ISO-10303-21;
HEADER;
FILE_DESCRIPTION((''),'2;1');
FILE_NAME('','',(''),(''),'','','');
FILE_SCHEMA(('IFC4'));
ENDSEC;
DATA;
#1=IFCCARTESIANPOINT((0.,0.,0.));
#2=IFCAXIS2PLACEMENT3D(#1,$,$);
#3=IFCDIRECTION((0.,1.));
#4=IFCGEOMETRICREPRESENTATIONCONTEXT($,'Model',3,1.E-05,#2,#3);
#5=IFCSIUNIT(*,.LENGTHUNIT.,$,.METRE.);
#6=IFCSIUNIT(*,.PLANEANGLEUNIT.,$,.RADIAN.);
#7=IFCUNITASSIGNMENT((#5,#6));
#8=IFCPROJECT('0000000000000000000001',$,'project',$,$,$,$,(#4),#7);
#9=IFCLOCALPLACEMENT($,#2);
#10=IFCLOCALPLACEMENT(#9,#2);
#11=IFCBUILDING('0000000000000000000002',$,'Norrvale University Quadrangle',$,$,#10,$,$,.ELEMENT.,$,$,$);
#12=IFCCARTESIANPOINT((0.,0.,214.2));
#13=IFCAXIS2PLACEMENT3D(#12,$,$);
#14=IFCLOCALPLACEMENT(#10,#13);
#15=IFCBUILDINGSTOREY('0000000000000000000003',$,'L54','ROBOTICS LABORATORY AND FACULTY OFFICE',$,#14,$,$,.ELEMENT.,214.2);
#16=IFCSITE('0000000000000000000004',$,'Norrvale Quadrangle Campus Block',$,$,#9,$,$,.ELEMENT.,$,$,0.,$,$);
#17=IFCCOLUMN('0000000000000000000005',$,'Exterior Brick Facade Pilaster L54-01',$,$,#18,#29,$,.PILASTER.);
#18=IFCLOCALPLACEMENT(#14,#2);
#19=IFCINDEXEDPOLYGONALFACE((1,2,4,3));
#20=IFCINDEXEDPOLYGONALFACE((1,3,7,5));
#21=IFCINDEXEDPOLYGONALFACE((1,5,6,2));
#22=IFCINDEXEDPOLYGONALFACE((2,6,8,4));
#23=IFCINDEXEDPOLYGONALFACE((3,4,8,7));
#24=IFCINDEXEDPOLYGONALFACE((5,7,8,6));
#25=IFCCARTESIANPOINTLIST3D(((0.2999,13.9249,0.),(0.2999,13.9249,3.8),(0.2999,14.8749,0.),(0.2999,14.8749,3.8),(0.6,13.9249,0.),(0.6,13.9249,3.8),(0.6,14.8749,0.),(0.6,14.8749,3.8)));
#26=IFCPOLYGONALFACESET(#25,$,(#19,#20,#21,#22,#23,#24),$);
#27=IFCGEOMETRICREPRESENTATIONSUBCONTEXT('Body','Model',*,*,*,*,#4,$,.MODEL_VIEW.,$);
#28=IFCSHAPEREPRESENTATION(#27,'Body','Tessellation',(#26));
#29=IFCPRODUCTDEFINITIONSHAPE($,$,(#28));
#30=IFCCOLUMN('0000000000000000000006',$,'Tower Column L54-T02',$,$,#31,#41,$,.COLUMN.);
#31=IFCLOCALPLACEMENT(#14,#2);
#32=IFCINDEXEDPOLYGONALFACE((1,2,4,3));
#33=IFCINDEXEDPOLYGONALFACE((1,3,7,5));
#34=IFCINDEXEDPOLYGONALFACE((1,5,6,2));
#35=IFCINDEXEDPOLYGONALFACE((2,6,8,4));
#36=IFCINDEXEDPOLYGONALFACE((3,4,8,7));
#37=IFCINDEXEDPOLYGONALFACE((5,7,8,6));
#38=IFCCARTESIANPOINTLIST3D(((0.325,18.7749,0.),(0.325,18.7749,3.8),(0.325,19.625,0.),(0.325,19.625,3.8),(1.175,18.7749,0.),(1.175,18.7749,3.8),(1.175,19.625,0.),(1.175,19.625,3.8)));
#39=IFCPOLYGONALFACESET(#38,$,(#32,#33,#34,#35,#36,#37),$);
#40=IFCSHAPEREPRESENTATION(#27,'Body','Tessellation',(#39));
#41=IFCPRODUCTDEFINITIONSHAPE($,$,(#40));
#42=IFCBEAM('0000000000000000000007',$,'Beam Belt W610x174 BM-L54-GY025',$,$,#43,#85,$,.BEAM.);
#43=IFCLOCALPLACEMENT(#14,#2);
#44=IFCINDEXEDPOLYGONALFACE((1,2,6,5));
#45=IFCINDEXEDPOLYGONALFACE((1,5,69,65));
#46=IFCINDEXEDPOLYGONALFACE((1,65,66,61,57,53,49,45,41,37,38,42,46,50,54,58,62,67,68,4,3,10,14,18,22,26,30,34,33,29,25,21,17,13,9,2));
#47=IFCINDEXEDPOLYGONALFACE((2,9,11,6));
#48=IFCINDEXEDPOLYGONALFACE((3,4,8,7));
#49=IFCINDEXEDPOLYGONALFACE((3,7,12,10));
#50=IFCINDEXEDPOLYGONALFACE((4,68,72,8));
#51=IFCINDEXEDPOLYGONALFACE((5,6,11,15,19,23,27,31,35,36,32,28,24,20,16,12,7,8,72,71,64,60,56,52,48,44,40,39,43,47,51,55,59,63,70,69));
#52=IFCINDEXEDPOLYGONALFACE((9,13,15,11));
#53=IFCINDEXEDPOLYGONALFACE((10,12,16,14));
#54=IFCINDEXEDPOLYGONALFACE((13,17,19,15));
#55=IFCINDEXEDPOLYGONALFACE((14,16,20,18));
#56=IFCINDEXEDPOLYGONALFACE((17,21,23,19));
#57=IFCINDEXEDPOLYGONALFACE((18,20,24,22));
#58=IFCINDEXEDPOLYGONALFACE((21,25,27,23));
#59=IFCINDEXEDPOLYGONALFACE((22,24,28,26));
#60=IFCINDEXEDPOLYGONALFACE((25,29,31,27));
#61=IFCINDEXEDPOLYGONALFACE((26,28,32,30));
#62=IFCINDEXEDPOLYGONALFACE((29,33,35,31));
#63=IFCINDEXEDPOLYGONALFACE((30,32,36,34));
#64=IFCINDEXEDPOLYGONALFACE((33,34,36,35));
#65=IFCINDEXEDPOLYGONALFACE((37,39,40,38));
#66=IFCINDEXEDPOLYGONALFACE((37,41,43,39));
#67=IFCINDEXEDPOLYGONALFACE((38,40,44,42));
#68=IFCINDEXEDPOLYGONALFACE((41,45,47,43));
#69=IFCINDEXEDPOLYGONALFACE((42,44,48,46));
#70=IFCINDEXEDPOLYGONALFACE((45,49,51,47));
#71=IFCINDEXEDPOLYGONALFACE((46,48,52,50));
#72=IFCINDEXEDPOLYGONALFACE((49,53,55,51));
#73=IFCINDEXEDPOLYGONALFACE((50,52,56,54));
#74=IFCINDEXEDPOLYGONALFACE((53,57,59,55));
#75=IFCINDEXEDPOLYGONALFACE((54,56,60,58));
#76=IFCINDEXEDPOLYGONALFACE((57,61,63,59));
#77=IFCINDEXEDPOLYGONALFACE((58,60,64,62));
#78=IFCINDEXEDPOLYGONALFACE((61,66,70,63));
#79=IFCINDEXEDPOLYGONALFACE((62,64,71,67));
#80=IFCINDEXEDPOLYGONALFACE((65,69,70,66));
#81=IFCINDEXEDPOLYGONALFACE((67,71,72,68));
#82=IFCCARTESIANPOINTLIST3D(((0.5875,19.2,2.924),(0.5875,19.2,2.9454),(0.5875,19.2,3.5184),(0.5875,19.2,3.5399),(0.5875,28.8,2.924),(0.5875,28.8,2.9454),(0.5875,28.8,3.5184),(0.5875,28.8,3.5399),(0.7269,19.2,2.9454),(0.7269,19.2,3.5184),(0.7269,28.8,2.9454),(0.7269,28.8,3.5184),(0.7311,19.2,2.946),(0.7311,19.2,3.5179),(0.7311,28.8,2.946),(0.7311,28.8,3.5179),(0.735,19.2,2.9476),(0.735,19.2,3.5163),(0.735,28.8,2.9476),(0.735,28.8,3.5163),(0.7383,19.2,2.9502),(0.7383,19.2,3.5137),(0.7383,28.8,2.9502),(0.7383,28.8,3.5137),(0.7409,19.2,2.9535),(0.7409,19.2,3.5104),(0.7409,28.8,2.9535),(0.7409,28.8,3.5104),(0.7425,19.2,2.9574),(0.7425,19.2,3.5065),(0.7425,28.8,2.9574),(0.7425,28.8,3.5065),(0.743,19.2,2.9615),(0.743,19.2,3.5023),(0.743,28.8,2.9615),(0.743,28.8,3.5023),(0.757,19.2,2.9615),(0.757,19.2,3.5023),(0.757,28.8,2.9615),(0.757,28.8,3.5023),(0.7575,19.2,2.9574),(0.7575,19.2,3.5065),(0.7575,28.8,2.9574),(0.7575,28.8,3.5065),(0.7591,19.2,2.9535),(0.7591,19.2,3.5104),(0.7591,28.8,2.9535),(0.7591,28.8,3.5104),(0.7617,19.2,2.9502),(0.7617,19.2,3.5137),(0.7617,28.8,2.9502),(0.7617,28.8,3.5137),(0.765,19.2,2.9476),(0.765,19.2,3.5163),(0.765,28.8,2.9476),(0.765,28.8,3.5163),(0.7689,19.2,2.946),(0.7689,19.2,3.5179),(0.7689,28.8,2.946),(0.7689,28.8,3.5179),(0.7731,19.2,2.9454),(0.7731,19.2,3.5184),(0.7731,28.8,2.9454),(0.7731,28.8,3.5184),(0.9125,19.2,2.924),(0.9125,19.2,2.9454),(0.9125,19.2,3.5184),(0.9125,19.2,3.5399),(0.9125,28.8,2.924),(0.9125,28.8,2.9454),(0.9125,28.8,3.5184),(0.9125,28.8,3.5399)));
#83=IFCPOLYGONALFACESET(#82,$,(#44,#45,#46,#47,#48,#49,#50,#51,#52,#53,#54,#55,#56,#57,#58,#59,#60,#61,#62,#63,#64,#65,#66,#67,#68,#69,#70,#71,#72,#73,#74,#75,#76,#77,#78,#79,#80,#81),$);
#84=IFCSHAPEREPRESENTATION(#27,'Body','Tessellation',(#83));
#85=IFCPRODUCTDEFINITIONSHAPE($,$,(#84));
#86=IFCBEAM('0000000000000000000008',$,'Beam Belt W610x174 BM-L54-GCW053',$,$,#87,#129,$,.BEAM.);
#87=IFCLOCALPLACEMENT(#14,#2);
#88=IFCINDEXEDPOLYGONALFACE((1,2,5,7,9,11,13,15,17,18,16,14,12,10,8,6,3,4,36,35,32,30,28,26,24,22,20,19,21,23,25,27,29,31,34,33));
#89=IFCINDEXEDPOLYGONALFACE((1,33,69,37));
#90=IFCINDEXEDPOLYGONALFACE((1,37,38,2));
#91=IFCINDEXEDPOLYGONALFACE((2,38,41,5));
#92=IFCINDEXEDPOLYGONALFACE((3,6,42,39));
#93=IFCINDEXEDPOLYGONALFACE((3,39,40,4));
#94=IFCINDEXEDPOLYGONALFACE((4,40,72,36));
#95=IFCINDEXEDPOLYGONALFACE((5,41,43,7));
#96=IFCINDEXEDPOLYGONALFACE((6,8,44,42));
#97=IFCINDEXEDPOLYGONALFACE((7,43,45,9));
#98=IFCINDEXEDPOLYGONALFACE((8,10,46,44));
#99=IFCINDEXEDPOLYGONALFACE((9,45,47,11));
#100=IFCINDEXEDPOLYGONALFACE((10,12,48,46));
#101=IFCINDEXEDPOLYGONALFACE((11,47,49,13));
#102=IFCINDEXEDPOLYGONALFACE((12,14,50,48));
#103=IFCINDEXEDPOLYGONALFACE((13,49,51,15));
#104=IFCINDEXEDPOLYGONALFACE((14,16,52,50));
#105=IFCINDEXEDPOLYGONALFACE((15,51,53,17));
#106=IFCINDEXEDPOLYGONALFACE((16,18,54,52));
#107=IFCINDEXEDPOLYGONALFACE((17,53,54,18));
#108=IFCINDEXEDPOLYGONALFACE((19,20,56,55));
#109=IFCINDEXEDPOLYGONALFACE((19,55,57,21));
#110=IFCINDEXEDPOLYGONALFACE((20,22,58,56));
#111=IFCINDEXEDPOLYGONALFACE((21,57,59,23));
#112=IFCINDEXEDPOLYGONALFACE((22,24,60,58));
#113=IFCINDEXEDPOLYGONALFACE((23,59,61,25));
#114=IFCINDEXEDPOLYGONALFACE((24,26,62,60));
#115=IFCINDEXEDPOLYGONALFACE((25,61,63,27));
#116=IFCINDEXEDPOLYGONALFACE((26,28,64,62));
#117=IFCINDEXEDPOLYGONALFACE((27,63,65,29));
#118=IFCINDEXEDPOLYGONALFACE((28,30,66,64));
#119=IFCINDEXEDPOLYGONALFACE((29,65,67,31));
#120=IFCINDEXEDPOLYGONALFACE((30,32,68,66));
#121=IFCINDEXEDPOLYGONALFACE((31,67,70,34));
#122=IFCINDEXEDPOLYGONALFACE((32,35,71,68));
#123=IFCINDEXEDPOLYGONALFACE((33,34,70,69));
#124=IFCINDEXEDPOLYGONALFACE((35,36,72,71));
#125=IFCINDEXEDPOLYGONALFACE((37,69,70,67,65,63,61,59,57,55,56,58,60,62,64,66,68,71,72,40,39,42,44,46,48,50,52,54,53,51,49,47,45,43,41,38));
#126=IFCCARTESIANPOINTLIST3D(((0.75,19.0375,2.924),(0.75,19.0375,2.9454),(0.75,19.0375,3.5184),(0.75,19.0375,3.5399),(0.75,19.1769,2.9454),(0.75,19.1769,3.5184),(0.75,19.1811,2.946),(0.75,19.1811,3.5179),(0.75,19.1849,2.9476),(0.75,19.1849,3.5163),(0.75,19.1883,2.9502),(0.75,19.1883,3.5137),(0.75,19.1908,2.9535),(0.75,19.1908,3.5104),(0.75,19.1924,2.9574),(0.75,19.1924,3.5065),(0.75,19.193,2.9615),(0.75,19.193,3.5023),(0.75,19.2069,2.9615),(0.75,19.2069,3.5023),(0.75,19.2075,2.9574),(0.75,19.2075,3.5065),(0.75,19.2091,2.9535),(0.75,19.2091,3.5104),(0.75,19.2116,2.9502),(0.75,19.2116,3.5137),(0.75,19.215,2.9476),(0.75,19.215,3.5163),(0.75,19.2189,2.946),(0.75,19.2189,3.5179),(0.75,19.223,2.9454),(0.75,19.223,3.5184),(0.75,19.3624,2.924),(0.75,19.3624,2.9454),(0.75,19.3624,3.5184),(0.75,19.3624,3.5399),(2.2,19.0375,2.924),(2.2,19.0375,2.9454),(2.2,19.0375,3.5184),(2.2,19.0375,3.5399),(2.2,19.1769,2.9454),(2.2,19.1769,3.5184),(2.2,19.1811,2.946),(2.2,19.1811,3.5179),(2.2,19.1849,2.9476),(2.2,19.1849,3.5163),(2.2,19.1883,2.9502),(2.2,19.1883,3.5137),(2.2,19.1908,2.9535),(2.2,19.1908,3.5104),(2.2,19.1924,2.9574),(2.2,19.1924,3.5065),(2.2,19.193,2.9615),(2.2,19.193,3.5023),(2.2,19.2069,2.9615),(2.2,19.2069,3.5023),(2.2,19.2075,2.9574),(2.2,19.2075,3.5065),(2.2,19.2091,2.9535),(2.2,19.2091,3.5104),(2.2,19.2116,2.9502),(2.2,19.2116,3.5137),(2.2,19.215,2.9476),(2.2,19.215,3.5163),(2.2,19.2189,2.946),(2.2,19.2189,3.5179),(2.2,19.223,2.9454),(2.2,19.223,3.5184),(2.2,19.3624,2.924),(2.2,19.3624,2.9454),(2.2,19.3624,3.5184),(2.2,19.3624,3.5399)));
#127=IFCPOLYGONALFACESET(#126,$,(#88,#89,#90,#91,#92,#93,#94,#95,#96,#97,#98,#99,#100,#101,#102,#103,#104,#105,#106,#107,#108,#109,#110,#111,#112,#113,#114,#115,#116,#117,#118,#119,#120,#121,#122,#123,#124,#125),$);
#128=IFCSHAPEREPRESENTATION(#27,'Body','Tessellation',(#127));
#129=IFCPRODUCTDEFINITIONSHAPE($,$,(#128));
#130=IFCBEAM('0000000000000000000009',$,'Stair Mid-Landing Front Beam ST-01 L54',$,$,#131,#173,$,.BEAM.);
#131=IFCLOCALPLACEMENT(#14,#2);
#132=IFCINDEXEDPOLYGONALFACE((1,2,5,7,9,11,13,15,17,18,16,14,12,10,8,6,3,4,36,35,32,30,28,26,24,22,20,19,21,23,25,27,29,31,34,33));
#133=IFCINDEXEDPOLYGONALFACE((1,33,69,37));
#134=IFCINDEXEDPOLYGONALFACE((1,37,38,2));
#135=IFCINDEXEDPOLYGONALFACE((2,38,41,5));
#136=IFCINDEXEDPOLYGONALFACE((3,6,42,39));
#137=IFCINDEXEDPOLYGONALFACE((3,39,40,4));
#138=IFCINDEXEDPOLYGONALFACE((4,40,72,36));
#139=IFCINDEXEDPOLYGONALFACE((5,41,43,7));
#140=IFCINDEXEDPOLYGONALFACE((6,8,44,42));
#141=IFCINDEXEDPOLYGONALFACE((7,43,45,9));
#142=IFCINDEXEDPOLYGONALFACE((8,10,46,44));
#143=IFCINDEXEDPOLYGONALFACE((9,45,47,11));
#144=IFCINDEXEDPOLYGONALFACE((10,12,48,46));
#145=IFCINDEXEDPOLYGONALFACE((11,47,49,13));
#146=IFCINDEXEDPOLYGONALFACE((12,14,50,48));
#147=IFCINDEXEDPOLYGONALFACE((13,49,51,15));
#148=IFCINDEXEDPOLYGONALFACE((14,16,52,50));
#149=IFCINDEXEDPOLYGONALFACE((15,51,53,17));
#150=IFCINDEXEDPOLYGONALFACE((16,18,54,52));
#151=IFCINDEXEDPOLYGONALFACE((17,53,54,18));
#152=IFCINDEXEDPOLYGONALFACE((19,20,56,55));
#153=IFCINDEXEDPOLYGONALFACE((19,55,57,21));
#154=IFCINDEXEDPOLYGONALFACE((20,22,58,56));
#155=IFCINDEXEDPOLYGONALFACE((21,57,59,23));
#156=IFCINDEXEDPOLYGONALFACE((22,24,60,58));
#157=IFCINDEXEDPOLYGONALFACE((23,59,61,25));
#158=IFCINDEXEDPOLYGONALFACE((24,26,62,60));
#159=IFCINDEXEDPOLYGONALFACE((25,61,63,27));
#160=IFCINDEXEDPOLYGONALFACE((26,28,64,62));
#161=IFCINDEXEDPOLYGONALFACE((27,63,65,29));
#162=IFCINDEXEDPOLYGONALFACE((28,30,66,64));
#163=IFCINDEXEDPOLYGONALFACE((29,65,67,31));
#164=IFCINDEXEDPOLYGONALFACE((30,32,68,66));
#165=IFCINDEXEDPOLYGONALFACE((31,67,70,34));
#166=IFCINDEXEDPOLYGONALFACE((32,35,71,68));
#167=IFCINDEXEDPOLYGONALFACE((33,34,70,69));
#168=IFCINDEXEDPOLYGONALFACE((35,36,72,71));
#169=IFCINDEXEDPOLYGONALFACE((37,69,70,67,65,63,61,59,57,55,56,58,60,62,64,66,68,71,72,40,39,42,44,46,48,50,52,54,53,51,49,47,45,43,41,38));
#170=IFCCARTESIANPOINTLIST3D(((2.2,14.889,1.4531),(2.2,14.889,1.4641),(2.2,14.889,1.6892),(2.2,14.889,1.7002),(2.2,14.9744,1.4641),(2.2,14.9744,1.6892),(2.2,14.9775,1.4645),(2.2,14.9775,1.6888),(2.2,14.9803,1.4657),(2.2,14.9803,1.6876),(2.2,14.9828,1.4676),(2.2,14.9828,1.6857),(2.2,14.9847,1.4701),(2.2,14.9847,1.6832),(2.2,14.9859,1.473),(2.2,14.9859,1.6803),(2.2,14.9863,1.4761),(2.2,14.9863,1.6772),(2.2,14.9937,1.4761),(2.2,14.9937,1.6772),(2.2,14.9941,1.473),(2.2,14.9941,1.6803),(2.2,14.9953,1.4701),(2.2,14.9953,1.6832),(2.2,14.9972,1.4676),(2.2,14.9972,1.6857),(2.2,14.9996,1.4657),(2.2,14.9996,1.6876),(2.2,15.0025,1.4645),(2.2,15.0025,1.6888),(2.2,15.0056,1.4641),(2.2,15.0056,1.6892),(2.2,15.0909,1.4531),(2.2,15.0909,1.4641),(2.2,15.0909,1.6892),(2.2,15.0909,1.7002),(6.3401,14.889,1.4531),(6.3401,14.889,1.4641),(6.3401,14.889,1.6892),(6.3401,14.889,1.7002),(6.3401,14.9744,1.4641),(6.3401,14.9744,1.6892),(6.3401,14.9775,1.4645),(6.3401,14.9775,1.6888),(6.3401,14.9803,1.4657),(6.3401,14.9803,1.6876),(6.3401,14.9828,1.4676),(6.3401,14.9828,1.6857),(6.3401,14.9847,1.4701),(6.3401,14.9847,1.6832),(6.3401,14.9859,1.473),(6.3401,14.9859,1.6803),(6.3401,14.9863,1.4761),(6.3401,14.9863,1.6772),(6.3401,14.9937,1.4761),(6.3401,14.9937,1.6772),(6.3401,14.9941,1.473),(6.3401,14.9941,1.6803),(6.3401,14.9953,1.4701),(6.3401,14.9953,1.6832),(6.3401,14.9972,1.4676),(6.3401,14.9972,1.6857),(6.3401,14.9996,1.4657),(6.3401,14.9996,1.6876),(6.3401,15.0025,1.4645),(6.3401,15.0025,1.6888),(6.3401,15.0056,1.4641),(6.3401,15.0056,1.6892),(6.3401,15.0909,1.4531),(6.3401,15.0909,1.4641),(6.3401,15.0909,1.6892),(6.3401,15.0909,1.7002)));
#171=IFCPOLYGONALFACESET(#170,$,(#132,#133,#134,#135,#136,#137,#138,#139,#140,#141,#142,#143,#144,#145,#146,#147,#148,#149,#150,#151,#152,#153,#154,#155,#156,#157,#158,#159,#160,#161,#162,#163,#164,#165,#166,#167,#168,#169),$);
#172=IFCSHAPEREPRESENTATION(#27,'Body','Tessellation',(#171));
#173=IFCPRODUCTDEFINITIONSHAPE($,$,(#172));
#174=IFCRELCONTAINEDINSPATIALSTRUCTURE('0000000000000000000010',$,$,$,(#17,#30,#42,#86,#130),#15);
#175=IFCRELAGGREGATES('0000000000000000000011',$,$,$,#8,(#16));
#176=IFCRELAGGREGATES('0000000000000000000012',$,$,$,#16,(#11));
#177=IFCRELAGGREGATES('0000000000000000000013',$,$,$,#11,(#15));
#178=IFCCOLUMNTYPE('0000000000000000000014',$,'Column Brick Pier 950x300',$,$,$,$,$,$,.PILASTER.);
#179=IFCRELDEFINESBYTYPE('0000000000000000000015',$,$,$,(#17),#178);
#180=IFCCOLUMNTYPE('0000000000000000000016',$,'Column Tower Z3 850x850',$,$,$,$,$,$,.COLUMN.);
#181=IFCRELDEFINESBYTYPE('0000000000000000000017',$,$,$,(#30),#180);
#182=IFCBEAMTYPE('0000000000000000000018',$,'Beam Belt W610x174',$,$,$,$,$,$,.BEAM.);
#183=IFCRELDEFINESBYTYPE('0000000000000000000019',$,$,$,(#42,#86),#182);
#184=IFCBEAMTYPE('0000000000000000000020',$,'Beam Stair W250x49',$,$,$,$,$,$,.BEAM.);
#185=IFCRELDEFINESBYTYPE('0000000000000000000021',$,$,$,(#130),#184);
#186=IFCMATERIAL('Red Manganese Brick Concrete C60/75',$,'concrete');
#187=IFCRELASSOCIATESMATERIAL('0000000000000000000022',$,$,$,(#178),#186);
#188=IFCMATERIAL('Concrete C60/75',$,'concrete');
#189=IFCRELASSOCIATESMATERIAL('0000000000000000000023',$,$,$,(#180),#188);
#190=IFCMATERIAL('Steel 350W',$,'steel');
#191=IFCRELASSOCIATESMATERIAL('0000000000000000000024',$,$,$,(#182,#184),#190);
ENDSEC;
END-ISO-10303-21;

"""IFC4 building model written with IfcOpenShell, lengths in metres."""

from ifc_helpers import new_model, si_unit, direction, frame, origin, origin_2d, place, context, subcontext, project, spatial, rectangle, i_section, extrude, material, material_profile, profile_set, type_object, element, save


model = new_model("IFC4")

# Units and contexts
model_context = context("Model", 3, precision=1e-05, world=origin(), true_north=direction((0.0, 1.0)))
body_context = subcontext(model_context, "Body", "Model", "MODEL_VIEW")
ifc_project = project(units=[si_unit("LENGTHUNIT", "METRE"), si_unit("PLANEANGLEUNIT", "RADIAN")], contexts=[model_context])

# Site, building, storey
site_placement = place(None, origin())
site = spatial("IfcSite", under=ifc_project, at=site_placement, Name="Norrvale Quadrangle Campus Block", CompositionType="ELEMENT", RefElevation=0.0)
building_placement = place(site_placement, origin())
building = spatial("IfcBuilding", under=site, at=building_placement, Name="Norrvale University Quadrangle", CompositionType="ELEMENT")
storey_placement = place(building_placement, frame((0.0, 0.0, 214.2)))
storey = spatial("IfcBuildingStorey", under=building, at=storey_placement, Name="L54", Description="ROBOTICS LABORATORY AND FACULTY OFFICE", CompositionType="ELEMENT", Elevation=214.2)

# Columns
ifc_material_1 = material(Name="Red Manganese Brick Concrete C60/75", Category="concrete")
ifc_material_profile_1 = material_profile(ifc_material_1, rectangle(XDim=0.95, YDim=0.3, at=origin_2d()), Name="Red Manganese Brick Concrete C60/75")
ifc_profile_set_1 = profile_set([ifc_material_profile_1], Name="Red Manganese Brick Concrete C60/75")
column_type_1 = type_object("IfcColumnType", Name="Column Brick Pier 950x300", PredefinedType="PILASTER", material=ifc_profile_set_1)
column_1_placement = place(storey_placement, frame((0.45, 14.3999, 0.0), z_axis=(0.0, 0.0, 1.0), x_axis=(0.0, 1.0, 0.0)))
element("IfcColumn", 1, at=column_1_placement, inside=storey, type_object=column_type_1, Name="Exterior Brick Facade Pilaster L54-01", PredefinedType="PILASTER", context=body_context, shape_type="SweptSolid", body=[
    extrude(rectangle(XDim=0.95, YDim=0.3, at=origin_2d()), origin(), (0.0, 0.0, 1.0), 3.8),
])
ifc_material_2 = material(Name="Concrete C60/75", Category="concrete")
ifc_material_profile_2 = material_profile(ifc_material_2, rectangle(XDim=0.8501, YDim=0.8501, at=origin_2d()), Name="Concrete C60/75")
ifc_profile_set_2 = profile_set([ifc_material_profile_2], Name="Concrete C60/75")
column_type_2 = type_object("IfcColumnType", Name="Column Tower Z3 850x850", PredefinedType="COLUMN", material=ifc_profile_set_2)
column_2_placement = place(storey_placement, frame((0.75, 19.2, 0.0), z_axis=(0.0, 0.0, 1.0), x_axis=(1.0, 0.0, 0.0)))
element("IfcColumn", 2, at=column_2_placement, inside=storey, type_object=column_type_2, Name="Tower Column L54-T02", PredefinedType="COLUMN", context=body_context, shape_type="SweptSolid", body=[
    extrude(rectangle(XDim=0.8501, YDim=0.8501, at=origin_2d()), origin(), (0.0, 0.0, 1.0), 3.8),
])

# Beams
ifc_material_3 = material(Name="Steel 350W", Category="steel")
ifc_material_profile_3 = material_profile(ifc_material_3, i_section(OverallWidth=0.325, OverallDepth=0.616, WebThickness=0.0139, FlangeThickness=0.0215, FilletRadius=0.0161, at=origin_2d()), Name="Steel 350W")
ifc_profile_set_3 = profile_set([ifc_material_profile_3], Name="Steel 350W")
beam_type_1 = type_object("IfcBeamType", Name="Beam Belt W610x174", PredefinedType="BEAM", material=ifc_profile_set_3)
beam_1_placement = place(storey_placement, frame((0.75, 19.2, 3.2319), z_axis=(0.0, 1.0, 0.0), x_axis=(-1.0, 0.0, 0.0)))
element("IfcBeam", 3, at=beam_1_placement, inside=storey, type_object=beam_type_1, Name="Beam Belt W610x174 BM-L54-GY025", PredefinedType="BEAM", context=body_context, shape_type="SweptSolid", body=[
    extrude(i_section(OverallWidth=0.325, OverallDepth=0.616, WebThickness=0.0139, FlangeThickness=0.0215, FilletRadius=0.0161, at=origin_2d()), origin(), (0.0, 0.0, 1.0), 9.6001),
])
beam_2_placement = place(storey_placement, frame((0.75, 19.2, 3.2319), z_axis=(1.0, 0.0, 0.0), x_axis=(0.0, 1.0, 0.0)))
element("IfcBeam", 4, at=beam_2_placement, inside=storey, type_object=beam_type_1, Name="Beam Belt W610x174 BM-L54-GCW053", PredefinedType="BEAM", context=body_context, shape_type="SweptSolid", body=[
    extrude(i_section(OverallWidth=0.325, OverallDepth=0.616, WebThickness=0.0139, FlangeThickness=0.0215, FilletRadius=0.0161, at=origin_2d()), origin(), (0.0, 0.0, 1.0), 1.45),
])
ifc_material_profile_4 = material_profile(ifc_material_3, i_section(OverallWidth=0.2019, OverallDepth=0.2471, WebThickness=0.0073, FlangeThickness=0.011, FilletRadius=0.012, at=origin_2d()), Name="Steel 350W")
ifc_profile_set_4 = profile_set([ifc_material_profile_4], Name="Steel 350W")
beam_type_2 = type_object("IfcBeamType", Name="Beam Stair W250x49", PredefinedType="BEAM", material=ifc_profile_set_4)
for number, where, z_axis, x_axis, name in (
    (5, (2.2, 14.99, 1.5767), (1.0, 0.0, 0.0), (0.0, 1.0, 0.0), "Stair Mid-Landing Front Beam ST-01 L54"),
):
    element("IfcBeam", number, at=place(storey_placement, frame(where, z_axis=z_axis, x_axis=x_axis)), inside=storey, type_object=beam_type_2, Name=name, PredefinedType="BEAM", context=body_context, shape_type="SweptSolid", body=[
        extrude(i_section(OverallWidth=0.2019, OverallDepth=0.2471, WebThickness=0.0073, FlangeThickness=0.011, FilletRadius=0.012, at=origin_2d()), origin(), (0.0, 0.0, 1.0), 4.1401),
    ])

save(model, "model.ifc")
